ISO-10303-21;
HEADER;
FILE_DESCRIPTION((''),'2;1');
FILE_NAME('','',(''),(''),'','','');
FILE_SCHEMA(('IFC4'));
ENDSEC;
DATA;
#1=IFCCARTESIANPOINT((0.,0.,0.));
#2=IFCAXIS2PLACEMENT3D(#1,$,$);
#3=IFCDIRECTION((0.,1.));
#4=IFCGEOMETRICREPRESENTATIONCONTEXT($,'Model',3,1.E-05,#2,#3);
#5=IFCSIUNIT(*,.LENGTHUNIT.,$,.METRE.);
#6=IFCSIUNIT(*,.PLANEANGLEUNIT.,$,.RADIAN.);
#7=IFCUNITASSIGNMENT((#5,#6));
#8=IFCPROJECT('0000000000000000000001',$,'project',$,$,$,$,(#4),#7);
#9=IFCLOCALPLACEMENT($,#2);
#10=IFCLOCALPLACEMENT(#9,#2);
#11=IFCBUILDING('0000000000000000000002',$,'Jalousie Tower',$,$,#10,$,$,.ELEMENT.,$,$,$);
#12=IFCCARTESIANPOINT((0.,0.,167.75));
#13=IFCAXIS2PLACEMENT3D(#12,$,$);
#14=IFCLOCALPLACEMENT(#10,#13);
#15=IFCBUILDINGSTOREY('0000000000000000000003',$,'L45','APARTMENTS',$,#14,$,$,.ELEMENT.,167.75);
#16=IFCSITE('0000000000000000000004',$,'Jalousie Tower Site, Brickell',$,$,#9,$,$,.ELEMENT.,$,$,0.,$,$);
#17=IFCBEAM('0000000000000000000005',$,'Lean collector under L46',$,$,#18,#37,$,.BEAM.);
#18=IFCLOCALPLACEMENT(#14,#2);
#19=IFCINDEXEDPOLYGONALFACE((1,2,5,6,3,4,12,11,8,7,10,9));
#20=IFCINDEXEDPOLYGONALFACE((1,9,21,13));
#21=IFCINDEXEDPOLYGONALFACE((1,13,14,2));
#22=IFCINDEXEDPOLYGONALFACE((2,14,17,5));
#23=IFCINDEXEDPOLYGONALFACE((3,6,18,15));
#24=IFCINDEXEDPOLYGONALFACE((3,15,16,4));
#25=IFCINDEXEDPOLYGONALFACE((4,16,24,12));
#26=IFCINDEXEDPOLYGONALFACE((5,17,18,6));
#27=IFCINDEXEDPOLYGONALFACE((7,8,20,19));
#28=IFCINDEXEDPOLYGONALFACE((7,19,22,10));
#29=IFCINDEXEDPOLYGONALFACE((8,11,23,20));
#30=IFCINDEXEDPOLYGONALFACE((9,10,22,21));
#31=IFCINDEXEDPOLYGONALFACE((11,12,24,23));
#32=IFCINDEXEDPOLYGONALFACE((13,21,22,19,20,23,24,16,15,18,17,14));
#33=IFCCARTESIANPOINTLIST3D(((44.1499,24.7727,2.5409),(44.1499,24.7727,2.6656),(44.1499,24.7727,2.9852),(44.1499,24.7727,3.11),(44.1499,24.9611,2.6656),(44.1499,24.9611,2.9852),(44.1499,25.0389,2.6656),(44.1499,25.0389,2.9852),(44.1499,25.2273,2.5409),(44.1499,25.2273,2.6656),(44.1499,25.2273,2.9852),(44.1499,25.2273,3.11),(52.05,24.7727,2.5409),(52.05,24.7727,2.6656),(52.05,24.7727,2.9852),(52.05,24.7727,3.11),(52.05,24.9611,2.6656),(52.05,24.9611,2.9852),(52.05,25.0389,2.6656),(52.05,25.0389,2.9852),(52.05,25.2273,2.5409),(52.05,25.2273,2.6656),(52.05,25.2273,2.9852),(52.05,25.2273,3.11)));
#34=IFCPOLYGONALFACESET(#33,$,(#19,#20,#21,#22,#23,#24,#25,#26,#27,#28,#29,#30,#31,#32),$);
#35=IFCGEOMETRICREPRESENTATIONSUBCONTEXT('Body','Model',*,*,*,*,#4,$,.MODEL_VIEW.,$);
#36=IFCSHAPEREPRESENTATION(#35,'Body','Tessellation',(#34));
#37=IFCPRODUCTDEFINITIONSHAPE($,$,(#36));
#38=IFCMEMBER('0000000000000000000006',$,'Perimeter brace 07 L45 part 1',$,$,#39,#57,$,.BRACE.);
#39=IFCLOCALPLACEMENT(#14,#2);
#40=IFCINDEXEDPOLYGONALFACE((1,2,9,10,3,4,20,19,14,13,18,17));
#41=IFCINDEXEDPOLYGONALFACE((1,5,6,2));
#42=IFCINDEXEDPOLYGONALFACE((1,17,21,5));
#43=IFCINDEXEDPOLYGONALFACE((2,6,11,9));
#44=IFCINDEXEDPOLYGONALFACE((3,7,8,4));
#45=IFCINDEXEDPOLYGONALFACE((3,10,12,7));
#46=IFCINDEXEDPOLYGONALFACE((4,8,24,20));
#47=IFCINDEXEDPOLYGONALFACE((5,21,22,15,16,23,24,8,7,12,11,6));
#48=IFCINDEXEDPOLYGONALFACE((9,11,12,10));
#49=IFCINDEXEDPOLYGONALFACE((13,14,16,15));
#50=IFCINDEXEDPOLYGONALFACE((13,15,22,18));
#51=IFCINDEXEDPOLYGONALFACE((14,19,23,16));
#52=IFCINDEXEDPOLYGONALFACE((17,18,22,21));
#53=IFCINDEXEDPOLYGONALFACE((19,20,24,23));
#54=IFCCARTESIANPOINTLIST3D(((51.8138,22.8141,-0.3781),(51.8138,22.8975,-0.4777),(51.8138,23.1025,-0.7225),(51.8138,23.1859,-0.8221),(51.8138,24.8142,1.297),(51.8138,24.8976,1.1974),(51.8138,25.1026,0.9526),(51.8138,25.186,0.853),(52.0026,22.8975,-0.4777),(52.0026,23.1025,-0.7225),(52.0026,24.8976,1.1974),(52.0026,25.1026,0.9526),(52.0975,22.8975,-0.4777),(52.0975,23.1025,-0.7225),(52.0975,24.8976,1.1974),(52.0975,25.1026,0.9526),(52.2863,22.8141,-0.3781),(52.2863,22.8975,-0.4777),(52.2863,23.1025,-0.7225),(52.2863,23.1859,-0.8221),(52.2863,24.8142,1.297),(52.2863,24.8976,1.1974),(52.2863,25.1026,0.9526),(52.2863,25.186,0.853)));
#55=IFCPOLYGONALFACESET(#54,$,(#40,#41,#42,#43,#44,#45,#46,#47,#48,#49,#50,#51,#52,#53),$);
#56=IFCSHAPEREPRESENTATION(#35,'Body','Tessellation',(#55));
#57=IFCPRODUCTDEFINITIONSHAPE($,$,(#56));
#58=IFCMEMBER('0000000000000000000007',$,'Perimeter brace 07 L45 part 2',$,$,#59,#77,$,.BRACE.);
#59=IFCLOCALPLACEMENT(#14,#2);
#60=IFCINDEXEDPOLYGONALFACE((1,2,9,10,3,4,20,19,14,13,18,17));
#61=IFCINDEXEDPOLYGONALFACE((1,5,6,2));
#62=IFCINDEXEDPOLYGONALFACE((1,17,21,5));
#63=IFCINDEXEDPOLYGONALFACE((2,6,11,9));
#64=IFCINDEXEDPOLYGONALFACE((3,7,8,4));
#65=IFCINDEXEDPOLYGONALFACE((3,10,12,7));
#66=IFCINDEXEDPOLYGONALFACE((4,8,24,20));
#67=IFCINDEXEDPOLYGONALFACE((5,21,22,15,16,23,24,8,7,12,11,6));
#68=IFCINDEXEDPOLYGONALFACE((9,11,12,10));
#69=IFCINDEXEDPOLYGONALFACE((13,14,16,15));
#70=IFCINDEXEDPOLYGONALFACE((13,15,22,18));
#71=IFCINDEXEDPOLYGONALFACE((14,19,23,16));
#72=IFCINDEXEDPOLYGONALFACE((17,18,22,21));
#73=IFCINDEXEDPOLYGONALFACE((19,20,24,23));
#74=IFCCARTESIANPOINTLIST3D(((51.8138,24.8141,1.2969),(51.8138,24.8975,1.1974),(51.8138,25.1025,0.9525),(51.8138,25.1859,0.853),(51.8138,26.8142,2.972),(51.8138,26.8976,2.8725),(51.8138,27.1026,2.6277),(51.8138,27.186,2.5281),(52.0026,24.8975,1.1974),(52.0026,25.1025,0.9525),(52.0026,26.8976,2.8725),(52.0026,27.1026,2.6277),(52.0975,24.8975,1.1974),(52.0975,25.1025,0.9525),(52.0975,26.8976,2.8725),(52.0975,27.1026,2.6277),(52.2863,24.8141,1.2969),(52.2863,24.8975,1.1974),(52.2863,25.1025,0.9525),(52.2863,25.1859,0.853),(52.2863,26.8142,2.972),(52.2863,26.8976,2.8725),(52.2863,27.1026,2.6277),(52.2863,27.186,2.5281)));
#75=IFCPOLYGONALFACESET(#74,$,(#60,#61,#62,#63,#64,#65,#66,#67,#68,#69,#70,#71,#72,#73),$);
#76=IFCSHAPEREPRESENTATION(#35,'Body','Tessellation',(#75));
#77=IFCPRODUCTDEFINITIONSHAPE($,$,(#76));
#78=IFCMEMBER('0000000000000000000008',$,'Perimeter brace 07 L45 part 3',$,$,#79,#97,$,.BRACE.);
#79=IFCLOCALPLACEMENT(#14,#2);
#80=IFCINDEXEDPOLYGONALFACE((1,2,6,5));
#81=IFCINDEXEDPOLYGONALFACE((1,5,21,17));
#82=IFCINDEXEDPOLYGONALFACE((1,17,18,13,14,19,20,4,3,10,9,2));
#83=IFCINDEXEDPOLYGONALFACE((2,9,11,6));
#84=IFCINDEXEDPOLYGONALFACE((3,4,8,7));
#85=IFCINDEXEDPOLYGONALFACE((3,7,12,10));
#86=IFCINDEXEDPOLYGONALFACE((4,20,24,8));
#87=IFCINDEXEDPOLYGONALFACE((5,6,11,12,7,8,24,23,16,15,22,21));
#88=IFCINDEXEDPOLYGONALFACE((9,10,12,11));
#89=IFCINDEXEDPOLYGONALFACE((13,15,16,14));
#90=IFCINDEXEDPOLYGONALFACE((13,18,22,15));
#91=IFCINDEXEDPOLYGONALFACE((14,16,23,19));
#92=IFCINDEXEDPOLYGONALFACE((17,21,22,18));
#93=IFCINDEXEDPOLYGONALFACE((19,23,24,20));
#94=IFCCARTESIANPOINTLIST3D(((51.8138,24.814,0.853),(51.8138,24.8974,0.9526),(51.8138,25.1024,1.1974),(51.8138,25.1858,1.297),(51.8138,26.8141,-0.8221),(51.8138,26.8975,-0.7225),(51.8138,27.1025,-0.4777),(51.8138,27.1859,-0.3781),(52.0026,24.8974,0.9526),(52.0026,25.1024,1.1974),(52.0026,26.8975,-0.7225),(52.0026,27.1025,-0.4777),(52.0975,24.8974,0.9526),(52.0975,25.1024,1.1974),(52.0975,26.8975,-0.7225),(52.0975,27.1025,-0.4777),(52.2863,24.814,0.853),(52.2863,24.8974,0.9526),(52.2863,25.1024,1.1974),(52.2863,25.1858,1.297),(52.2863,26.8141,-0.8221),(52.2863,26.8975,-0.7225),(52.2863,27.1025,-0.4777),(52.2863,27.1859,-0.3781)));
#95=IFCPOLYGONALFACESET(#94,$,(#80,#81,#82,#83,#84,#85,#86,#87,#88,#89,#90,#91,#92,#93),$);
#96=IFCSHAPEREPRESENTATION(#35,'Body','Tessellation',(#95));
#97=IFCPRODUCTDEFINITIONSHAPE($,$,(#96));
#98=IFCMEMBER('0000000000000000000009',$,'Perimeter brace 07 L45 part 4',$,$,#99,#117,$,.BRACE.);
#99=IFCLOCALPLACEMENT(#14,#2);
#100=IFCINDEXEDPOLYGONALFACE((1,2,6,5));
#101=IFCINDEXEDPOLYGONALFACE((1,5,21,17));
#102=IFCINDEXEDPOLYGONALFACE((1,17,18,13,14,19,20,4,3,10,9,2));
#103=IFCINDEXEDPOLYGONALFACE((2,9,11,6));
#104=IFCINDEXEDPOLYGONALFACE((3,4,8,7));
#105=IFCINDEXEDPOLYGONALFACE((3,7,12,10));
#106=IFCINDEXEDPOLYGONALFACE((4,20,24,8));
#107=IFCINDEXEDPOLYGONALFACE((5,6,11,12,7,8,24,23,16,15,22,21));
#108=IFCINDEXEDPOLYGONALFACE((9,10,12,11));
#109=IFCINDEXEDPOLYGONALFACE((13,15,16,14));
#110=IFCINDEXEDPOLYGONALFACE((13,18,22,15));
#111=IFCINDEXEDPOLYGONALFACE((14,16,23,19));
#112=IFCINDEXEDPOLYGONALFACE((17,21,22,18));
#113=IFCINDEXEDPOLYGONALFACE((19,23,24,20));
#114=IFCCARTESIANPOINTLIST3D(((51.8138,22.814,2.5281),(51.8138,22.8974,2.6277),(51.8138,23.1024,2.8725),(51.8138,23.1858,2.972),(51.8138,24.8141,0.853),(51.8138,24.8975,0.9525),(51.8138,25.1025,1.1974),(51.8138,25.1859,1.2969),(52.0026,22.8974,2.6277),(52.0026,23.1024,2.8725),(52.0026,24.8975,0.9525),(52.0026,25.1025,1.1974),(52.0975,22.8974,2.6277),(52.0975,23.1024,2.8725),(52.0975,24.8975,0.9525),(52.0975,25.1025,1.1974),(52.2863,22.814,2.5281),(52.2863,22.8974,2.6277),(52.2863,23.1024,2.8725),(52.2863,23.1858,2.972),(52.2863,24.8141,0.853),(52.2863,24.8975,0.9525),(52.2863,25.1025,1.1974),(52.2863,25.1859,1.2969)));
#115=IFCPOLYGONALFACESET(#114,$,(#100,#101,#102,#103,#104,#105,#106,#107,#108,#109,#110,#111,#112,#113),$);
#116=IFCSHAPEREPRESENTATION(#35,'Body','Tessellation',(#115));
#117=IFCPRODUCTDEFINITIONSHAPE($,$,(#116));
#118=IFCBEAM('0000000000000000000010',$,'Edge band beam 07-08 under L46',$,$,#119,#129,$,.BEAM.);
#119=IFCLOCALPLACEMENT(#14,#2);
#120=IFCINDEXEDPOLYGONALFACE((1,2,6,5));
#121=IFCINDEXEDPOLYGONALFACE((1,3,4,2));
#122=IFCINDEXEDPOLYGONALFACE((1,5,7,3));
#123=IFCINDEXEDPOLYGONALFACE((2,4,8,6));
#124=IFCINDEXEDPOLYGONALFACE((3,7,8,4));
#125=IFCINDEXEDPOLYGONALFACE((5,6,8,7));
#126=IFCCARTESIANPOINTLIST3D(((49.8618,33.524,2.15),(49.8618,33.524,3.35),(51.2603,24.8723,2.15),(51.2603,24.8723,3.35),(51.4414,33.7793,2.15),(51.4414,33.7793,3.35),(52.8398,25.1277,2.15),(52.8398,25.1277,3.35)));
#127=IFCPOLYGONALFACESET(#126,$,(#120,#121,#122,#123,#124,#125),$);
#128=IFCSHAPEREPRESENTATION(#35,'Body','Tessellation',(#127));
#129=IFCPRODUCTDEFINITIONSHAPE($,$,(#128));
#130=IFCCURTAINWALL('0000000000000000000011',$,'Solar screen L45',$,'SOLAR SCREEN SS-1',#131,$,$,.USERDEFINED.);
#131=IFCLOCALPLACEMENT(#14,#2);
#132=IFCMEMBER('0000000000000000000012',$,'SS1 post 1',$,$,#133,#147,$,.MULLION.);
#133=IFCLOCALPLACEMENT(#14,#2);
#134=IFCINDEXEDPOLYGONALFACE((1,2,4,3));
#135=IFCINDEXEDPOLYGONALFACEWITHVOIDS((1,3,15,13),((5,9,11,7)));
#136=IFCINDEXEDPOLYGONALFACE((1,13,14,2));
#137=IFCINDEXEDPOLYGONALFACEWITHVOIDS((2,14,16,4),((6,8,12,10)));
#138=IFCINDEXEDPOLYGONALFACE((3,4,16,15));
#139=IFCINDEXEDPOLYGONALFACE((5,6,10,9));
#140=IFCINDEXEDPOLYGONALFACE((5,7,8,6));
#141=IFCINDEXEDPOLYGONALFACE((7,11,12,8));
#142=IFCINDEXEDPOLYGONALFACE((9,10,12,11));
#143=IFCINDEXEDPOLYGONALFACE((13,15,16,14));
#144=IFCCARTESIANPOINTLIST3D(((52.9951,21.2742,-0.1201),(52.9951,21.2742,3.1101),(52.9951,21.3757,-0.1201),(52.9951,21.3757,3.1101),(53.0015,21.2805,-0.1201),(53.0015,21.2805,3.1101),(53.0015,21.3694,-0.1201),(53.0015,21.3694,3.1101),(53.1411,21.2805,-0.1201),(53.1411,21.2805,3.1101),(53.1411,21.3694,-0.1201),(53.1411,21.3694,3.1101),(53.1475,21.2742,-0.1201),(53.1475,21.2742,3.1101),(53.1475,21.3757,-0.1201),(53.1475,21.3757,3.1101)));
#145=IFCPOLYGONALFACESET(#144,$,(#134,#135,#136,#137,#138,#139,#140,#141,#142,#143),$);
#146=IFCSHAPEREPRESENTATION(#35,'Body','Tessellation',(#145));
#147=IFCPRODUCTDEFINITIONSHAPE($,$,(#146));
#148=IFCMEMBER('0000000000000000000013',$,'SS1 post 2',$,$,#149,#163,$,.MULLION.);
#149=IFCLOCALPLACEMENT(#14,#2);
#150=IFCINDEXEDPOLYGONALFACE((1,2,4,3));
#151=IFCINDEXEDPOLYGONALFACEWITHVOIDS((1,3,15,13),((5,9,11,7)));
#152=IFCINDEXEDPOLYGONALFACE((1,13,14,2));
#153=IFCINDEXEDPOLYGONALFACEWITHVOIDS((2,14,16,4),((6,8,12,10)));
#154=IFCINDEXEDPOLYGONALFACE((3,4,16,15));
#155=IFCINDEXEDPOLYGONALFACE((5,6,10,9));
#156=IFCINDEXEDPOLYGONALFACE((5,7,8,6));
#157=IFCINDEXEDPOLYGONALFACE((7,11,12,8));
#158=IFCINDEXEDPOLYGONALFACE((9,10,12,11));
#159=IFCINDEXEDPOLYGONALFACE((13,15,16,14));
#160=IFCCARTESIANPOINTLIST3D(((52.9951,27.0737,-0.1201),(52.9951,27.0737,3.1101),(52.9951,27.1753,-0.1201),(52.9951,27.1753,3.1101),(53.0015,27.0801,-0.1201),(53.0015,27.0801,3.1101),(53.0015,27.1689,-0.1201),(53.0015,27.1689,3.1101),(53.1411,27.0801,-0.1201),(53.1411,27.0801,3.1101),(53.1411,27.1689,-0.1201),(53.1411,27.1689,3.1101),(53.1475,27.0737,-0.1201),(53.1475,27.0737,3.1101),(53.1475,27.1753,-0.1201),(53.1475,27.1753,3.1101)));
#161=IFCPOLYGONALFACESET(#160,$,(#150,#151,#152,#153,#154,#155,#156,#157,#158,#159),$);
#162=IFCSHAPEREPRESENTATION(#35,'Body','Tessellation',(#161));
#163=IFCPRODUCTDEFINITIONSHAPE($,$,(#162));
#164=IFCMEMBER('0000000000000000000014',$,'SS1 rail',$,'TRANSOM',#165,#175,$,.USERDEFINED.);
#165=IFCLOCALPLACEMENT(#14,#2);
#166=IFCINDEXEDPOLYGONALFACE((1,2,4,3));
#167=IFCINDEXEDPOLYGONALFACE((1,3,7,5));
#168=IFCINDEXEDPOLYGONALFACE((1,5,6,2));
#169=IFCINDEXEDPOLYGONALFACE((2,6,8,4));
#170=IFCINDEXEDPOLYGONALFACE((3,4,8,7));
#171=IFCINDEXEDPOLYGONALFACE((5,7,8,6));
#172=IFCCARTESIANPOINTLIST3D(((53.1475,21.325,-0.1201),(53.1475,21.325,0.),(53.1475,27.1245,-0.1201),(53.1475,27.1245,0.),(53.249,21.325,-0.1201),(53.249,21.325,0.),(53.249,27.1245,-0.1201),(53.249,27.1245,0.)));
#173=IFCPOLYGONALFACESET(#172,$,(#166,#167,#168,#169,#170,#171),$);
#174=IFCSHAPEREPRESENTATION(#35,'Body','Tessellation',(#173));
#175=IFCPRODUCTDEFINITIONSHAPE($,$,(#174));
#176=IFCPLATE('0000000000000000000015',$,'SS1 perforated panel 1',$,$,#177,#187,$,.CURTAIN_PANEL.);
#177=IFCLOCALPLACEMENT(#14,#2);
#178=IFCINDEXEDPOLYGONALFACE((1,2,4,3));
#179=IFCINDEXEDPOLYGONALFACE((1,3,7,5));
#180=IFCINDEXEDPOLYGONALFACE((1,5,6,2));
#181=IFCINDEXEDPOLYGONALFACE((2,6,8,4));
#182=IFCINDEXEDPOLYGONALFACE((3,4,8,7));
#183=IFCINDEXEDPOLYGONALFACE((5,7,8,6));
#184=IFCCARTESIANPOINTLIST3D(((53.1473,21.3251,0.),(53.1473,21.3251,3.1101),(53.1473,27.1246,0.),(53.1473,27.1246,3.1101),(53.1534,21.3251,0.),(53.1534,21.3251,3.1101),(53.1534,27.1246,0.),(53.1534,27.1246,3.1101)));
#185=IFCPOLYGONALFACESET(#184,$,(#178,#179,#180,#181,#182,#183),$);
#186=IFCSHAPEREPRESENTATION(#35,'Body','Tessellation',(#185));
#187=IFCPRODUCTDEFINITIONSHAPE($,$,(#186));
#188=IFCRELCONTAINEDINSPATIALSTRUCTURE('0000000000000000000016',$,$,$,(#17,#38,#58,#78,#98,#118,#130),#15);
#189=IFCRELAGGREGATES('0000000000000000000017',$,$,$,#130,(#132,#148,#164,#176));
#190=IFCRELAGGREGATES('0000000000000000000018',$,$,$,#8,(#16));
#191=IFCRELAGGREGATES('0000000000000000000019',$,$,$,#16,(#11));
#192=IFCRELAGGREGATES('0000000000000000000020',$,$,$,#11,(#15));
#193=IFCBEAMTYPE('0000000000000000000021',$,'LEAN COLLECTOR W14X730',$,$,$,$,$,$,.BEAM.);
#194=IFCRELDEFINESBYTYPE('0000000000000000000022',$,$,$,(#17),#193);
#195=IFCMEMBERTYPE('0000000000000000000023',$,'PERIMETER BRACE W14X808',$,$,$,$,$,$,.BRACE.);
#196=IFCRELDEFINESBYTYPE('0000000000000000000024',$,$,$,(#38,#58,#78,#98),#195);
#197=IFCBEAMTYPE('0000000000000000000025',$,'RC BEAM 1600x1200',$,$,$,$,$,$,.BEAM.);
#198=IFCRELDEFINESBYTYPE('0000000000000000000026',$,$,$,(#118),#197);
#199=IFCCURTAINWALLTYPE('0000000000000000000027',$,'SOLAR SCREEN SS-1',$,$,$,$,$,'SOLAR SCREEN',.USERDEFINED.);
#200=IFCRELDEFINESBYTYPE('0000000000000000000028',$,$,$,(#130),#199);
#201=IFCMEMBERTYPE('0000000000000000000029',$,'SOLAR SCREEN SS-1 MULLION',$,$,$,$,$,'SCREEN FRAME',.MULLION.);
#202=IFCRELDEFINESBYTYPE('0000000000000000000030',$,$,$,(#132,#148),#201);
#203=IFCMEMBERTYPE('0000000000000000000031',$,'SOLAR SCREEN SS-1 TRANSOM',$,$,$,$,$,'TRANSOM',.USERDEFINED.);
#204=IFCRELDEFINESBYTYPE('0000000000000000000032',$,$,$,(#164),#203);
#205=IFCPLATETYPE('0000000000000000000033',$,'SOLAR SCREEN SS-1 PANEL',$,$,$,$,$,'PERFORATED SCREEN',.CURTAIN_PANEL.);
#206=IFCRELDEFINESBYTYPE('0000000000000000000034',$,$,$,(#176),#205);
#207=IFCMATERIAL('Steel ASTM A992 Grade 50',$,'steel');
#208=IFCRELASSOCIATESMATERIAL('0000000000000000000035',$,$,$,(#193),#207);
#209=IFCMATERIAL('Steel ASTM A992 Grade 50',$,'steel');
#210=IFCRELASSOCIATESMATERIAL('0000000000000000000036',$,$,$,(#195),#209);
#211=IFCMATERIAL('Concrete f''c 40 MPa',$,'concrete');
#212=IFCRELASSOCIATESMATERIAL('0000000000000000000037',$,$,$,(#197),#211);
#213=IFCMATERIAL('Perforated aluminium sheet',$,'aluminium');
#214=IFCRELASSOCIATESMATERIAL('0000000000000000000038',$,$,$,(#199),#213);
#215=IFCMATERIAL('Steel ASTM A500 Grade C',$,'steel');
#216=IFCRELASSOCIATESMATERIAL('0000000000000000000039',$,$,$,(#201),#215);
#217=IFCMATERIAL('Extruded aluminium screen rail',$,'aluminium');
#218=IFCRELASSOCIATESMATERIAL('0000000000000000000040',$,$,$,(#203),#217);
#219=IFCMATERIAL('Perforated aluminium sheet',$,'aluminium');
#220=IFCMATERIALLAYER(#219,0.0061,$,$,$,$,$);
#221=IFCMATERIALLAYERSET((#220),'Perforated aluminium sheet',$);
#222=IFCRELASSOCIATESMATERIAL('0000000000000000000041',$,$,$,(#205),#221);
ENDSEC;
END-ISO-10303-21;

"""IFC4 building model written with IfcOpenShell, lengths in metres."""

from ifc_helpers import new_model, si_unit, direction, frame, origin, origin_2d, place, context, subcontext, project, spatial, rectangle, hollow_rectangle, i_section, extrude, material, layer, layer_set, material_profile, profile_set, type_object, element, aggregate, save


model = new_model("IFC4")

# Units and contexts
model_context = context("Model", 3, precision=1e-05, world=origin(), true_north=direction((0.0, 1.0)))
body_context = subcontext(model_context, "Body", "Model", "MODEL_VIEW")
ifc_project = project(units=[si_unit("LENGTHUNIT", "METRE"), si_unit("PLANEANGLEUNIT", "RADIAN")], contexts=[model_context])

# Site, building, storey
site_placement = place(None, origin())
site = spatial("IfcSite", under=ifc_project, at=site_placement, Name="Jalousie Tower Site, Brickell", CompositionType="ELEMENT", RefElevation=0.0)
building_placement = place(site_placement, origin())
building = spatial("IfcBuilding", under=site, at=building_placement, Name="Jalousie Tower", CompositionType="ELEMENT")
storey_placement = place(building_placement, frame((0.0, 0.0, 167.75)))
storey = spatial("IfcBuildingStorey", under=building, at=storey_placement, Name="L45", Description="APARTMENTS", CompositionType="ELEMENT", Elevation=167.75)

# Beam
ifc_material_1 = material(Name="Steel ASTM A992 Grade 50", Category="steel")
ifc_material_profile_1 = material_profile(ifc_material_1, i_section(OverallWidth=0.4546, OverallDepth=0.5691, WebThickness=0.0779, FlangeThickness=0.1248, at=origin_2d()), Name="W14X730")
ifc_profile_set_1 = profile_set([ifc_material_profile_1], Name="Steel ASTM A992 Grade 50")
beam_type_1 = type_object("IfcBeamType", Name="LEAN COLLECTOR W14X730", PredefinedType="BEAM", material=ifc_profile_set_1)
beam_1_placement = place(storey_placement, frame((52.05, 25.0, 2.8254), z_axis=(-1.0, 0.0, 0.0), x_axis=(0.0, -1.0, 0.0)))
element("IfcBeam", 1, at=beam_1_placement, inside=storey, type_object=beam_type_1, Name="Lean collector under L46", PredefinedType="BEAM", context=body_context, shape_type="SweptSolid", body=[
    extrude(i_section(OverallWidth=0.4546, OverallDepth=0.5691, WebThickness=0.0779, FlangeThickness=0.1248, at=origin_2d()), origin(), (0.0, 0.0, 1.0), 7.9001),
])

# Members
ifc_material_2 = material(Name="Steel ASTM A992 Grade 50", Category="steel")
ifc_material_profile_2 = material_profile(ifc_material_2, i_section(OverallWidth=0.4724, OverallDepth=0.5791, WebThickness=0.095, FlangeThickness=0.1299, at=origin_2d()), Name="W14X808")
ifc_profile_set_2 = profile_set([ifc_material_profile_2], Name="Steel ASTM A992 Grade 50")
member_type_1 = type_object("IfcMemberType", Name="PERIMETER BRACE W14X808", PredefinedType="BRACE", material=ifc_profile_set_2)
for number, where, z_axis, x_axis, name in (
    (2, (52.05, 23.0, -0.6001), (0.0, 0.766639, 0.642079), (-1.0, 0.0, 0.0), "Perimeter brace 07 L45 part 1"),
    (3, (52.05, 25.0, 1.075), (0.0, 0.766639, 0.642079), (-1.0, 0.0, 0.0), "Perimeter brace 07 L45 part 2"),
    (4, (52.05, 27.0, -0.6001), (0.0, -0.766639, 0.642079), (1.0, 0.0, 0.0), "Perimeter brace 07 L45 part 3"),
    (5, (52.05, 25.0, 1.075), (0.0, -0.766639, 0.642079), (1.0, 0.0, 0.0), "Perimeter brace 07 L45 part 4"),
):
    element("IfcMember", number, at=place(storey_placement, frame(where, z_axis=z_axis, x_axis=x_axis)), inside=storey, type_object=member_type_1, Name=name, PredefinedType="BRACE", context=body_context, shape_type="SweptSolid", body=[
        extrude(i_section(OverallWidth=0.4724, OverallDepth=0.5791, WebThickness=0.095, FlangeThickness=0.1299, at=origin_2d()), origin(), (0.0, 0.0, 1.0), 2.6089),
    ])

# Beam
ifc_material_3 = material(Name="Concrete f'c 40 MPa", Category="concrete")
ifc_material_profile_3 = material_profile(ifc_material_3, rectangle(XDim=1.6001, YDim=1.2, at=origin_2d()), Name="RC 1600x1200")
ifc_profile_set_3 = profile_set([ifc_material_profile_3], Name="Concrete f'c 40 MPa")
beam_type_2 = type_object("IfcBeamType", Name="RC BEAM 1600x1200", PredefinedType="BEAM", material=ifc_profile_set_3)
beam_2_placement = place(storey_placement, frame((52.05, 25.0, 2.75), z_axis=(-0.159568, 0.987187, 0.0), x_axis=(-0.987187, -0.159568, 0.0)))
element("IfcBeam", 6, at=beam_2_placement, inside=storey, type_object=beam_type_2, Name="Edge band beam 07-08 under L46", PredefinedType="BEAM", context=body_context, shape_type="SweptSolid", body=[
    extrude(rectangle(XDim=1.6001, YDim=1.2, at=origin_2d()), origin(), (0.0, 0.0, 1.0), 8.7639),
])

# Curtain wall, members, plate
ifc_material_4 = material(Name="Perforated aluminium sheet", Category="aluminium")
curtain_wall_type = type_object("IfcCurtainWallType", Name="SOLAR SCREEN SS-1", ElementType="SOLAR SCREEN", PredefinedType="USERDEFINED", material=ifc_material_4)
curtain_wall_placement = place(storey_placement, origin())
curtain_wall = element("IfcCurtainWall", 7, at=curtain_wall_placement, inside=storey, type_object=curtain_wall_type, Name="Solar screen L45", ObjectType="SOLAR SCREEN SS-1", PredefinedType="USERDEFINED")
ifc_material_5 = material(Name="Steel ASTM A500 Grade C", Category="steel")
ifc_material_profile_4 = material_profile(ifc_material_5, hollow_rectangle(XDim=0.1016, YDim=0.1523, WallThickness=0.0063, at=origin_2d()), Name="HSS6X4X1/4")
ifc_profile_set_4 = profile_set([ifc_material_profile_4], Name="Steel ASTM A500 Grade C")
member_type_2 = type_object("IfcMemberType", Name="SOLAR SCREEN SS-1 MULLION", ElementType="SCREEN FRAME", PredefinedType="MULLION", material=ifc_profile_set_4)
member_1_placement = place(storey_placement, frame((53.0713, 21.325, -0.1201), z_axis=(0.0, 0.0, 1.0), x_axis=(0.0, 1.0, 0.0)))
member_1 = element("IfcMember", 8, at=member_1_placement, type_object=member_type_2, Name="SS1 post 1", PredefinedType="MULLION", context=body_context, shape_type="SweptSolid", body=[
    extrude(hollow_rectangle(XDim=0.1016, YDim=0.1523, WallThickness=0.0063, at=origin_2d()), origin(), (0.0, 0.0, 1.0), 3.2302),
])
member_2_placement = place(storey_placement, frame((53.0713, 27.1245, -0.1201), z_axis=(0.0, 0.0, 1.0), x_axis=(0.0, 1.0, 0.0)))
member_2 = element("IfcMember", 9, at=member_2_placement, type_object=member_type_2, Name="SS1 post 2", PredefinedType="MULLION", context=body_context, shape_type="SweptSolid", body=[
    extrude(hollow_rectangle(XDim=0.1016, YDim=0.1523, WallThickness=0.0063, at=origin_2d()), origin(), (0.0, 0.0, 1.0), 3.2302),
])
ifc_material_6 = material(Name="Extruded aluminium screen rail", Category="aluminium")
ifc_material_profile_5 = material_profile(ifc_material_6, rectangle(XDim=0.1016, YDim=0.1201, at=origin_2d()), Name="RAIL 102x120")
ifc_profile_set_5 = profile_set([ifc_material_profile_5], Name="Extruded aluminium screen rail")
member_type_3 = type_object("IfcMemberType", Name="SOLAR SCREEN SS-1 TRANSOM", ElementType="TRANSOM", PredefinedType="USERDEFINED", material=ifc_profile_set_5)
member_3_placement = place(storey_placement, frame((53.1982, 21.325, -0.0601), z_axis=(0.0, 1.0, 0.0), x_axis=(-1.0, 0.0, 0.0)))
member_3 = element("IfcMember", 10, at=member_3_placement, type_object=member_type_3, Name="SS1 rail", ObjectType="TRANSOM", PredefinedType="USERDEFINED", context=body_context, shape_type="SweptSolid", body=[
    extrude(rectangle(XDim=0.1016, YDim=0.1201, at=origin_2d()), origin(), (0.0, 0.0, 1.0), 5.7996),
])
ifc_material_7 = material(Name="Perforated aluminium sheet", Category="aluminium")
ifc_layer_1 = layer(ifc_material_7, 0.0061)
ifc_layer_set_1 = layer_set([ifc_layer_1], Name="Perforated aluminium sheet")
plate_type = type_object("IfcPlateType", Name="SOLAR SCREEN SS-1 PANEL", ElementType="PERFORATED SCREEN", PredefinedType="CURTAIN_PANEL", material=ifc_layer_set_1)
plate_placement = place(storey_placement, frame((53.1504, 24.2249, 0.0), z_axis=(0.0, 0.0, 1.0), x_axis=(0.0, 1.0, 0.0)))
plate = element("IfcPlate", 11, at=plate_placement, type_object=plate_type, Name="SS1 perforated panel 1", PredefinedType="CURTAIN_PANEL", context=body_context, shape_type="SweptSolid", body=[
    extrude(rectangle(XDim=5.7996, YDim=0.0061, at=origin_2d()), origin(), (0.0, 0.0, 1.0), 3.1101),
])
aggregate(curtain_wall, [member_1, member_2, member_3, plate])

save(model, "model.ifc")
